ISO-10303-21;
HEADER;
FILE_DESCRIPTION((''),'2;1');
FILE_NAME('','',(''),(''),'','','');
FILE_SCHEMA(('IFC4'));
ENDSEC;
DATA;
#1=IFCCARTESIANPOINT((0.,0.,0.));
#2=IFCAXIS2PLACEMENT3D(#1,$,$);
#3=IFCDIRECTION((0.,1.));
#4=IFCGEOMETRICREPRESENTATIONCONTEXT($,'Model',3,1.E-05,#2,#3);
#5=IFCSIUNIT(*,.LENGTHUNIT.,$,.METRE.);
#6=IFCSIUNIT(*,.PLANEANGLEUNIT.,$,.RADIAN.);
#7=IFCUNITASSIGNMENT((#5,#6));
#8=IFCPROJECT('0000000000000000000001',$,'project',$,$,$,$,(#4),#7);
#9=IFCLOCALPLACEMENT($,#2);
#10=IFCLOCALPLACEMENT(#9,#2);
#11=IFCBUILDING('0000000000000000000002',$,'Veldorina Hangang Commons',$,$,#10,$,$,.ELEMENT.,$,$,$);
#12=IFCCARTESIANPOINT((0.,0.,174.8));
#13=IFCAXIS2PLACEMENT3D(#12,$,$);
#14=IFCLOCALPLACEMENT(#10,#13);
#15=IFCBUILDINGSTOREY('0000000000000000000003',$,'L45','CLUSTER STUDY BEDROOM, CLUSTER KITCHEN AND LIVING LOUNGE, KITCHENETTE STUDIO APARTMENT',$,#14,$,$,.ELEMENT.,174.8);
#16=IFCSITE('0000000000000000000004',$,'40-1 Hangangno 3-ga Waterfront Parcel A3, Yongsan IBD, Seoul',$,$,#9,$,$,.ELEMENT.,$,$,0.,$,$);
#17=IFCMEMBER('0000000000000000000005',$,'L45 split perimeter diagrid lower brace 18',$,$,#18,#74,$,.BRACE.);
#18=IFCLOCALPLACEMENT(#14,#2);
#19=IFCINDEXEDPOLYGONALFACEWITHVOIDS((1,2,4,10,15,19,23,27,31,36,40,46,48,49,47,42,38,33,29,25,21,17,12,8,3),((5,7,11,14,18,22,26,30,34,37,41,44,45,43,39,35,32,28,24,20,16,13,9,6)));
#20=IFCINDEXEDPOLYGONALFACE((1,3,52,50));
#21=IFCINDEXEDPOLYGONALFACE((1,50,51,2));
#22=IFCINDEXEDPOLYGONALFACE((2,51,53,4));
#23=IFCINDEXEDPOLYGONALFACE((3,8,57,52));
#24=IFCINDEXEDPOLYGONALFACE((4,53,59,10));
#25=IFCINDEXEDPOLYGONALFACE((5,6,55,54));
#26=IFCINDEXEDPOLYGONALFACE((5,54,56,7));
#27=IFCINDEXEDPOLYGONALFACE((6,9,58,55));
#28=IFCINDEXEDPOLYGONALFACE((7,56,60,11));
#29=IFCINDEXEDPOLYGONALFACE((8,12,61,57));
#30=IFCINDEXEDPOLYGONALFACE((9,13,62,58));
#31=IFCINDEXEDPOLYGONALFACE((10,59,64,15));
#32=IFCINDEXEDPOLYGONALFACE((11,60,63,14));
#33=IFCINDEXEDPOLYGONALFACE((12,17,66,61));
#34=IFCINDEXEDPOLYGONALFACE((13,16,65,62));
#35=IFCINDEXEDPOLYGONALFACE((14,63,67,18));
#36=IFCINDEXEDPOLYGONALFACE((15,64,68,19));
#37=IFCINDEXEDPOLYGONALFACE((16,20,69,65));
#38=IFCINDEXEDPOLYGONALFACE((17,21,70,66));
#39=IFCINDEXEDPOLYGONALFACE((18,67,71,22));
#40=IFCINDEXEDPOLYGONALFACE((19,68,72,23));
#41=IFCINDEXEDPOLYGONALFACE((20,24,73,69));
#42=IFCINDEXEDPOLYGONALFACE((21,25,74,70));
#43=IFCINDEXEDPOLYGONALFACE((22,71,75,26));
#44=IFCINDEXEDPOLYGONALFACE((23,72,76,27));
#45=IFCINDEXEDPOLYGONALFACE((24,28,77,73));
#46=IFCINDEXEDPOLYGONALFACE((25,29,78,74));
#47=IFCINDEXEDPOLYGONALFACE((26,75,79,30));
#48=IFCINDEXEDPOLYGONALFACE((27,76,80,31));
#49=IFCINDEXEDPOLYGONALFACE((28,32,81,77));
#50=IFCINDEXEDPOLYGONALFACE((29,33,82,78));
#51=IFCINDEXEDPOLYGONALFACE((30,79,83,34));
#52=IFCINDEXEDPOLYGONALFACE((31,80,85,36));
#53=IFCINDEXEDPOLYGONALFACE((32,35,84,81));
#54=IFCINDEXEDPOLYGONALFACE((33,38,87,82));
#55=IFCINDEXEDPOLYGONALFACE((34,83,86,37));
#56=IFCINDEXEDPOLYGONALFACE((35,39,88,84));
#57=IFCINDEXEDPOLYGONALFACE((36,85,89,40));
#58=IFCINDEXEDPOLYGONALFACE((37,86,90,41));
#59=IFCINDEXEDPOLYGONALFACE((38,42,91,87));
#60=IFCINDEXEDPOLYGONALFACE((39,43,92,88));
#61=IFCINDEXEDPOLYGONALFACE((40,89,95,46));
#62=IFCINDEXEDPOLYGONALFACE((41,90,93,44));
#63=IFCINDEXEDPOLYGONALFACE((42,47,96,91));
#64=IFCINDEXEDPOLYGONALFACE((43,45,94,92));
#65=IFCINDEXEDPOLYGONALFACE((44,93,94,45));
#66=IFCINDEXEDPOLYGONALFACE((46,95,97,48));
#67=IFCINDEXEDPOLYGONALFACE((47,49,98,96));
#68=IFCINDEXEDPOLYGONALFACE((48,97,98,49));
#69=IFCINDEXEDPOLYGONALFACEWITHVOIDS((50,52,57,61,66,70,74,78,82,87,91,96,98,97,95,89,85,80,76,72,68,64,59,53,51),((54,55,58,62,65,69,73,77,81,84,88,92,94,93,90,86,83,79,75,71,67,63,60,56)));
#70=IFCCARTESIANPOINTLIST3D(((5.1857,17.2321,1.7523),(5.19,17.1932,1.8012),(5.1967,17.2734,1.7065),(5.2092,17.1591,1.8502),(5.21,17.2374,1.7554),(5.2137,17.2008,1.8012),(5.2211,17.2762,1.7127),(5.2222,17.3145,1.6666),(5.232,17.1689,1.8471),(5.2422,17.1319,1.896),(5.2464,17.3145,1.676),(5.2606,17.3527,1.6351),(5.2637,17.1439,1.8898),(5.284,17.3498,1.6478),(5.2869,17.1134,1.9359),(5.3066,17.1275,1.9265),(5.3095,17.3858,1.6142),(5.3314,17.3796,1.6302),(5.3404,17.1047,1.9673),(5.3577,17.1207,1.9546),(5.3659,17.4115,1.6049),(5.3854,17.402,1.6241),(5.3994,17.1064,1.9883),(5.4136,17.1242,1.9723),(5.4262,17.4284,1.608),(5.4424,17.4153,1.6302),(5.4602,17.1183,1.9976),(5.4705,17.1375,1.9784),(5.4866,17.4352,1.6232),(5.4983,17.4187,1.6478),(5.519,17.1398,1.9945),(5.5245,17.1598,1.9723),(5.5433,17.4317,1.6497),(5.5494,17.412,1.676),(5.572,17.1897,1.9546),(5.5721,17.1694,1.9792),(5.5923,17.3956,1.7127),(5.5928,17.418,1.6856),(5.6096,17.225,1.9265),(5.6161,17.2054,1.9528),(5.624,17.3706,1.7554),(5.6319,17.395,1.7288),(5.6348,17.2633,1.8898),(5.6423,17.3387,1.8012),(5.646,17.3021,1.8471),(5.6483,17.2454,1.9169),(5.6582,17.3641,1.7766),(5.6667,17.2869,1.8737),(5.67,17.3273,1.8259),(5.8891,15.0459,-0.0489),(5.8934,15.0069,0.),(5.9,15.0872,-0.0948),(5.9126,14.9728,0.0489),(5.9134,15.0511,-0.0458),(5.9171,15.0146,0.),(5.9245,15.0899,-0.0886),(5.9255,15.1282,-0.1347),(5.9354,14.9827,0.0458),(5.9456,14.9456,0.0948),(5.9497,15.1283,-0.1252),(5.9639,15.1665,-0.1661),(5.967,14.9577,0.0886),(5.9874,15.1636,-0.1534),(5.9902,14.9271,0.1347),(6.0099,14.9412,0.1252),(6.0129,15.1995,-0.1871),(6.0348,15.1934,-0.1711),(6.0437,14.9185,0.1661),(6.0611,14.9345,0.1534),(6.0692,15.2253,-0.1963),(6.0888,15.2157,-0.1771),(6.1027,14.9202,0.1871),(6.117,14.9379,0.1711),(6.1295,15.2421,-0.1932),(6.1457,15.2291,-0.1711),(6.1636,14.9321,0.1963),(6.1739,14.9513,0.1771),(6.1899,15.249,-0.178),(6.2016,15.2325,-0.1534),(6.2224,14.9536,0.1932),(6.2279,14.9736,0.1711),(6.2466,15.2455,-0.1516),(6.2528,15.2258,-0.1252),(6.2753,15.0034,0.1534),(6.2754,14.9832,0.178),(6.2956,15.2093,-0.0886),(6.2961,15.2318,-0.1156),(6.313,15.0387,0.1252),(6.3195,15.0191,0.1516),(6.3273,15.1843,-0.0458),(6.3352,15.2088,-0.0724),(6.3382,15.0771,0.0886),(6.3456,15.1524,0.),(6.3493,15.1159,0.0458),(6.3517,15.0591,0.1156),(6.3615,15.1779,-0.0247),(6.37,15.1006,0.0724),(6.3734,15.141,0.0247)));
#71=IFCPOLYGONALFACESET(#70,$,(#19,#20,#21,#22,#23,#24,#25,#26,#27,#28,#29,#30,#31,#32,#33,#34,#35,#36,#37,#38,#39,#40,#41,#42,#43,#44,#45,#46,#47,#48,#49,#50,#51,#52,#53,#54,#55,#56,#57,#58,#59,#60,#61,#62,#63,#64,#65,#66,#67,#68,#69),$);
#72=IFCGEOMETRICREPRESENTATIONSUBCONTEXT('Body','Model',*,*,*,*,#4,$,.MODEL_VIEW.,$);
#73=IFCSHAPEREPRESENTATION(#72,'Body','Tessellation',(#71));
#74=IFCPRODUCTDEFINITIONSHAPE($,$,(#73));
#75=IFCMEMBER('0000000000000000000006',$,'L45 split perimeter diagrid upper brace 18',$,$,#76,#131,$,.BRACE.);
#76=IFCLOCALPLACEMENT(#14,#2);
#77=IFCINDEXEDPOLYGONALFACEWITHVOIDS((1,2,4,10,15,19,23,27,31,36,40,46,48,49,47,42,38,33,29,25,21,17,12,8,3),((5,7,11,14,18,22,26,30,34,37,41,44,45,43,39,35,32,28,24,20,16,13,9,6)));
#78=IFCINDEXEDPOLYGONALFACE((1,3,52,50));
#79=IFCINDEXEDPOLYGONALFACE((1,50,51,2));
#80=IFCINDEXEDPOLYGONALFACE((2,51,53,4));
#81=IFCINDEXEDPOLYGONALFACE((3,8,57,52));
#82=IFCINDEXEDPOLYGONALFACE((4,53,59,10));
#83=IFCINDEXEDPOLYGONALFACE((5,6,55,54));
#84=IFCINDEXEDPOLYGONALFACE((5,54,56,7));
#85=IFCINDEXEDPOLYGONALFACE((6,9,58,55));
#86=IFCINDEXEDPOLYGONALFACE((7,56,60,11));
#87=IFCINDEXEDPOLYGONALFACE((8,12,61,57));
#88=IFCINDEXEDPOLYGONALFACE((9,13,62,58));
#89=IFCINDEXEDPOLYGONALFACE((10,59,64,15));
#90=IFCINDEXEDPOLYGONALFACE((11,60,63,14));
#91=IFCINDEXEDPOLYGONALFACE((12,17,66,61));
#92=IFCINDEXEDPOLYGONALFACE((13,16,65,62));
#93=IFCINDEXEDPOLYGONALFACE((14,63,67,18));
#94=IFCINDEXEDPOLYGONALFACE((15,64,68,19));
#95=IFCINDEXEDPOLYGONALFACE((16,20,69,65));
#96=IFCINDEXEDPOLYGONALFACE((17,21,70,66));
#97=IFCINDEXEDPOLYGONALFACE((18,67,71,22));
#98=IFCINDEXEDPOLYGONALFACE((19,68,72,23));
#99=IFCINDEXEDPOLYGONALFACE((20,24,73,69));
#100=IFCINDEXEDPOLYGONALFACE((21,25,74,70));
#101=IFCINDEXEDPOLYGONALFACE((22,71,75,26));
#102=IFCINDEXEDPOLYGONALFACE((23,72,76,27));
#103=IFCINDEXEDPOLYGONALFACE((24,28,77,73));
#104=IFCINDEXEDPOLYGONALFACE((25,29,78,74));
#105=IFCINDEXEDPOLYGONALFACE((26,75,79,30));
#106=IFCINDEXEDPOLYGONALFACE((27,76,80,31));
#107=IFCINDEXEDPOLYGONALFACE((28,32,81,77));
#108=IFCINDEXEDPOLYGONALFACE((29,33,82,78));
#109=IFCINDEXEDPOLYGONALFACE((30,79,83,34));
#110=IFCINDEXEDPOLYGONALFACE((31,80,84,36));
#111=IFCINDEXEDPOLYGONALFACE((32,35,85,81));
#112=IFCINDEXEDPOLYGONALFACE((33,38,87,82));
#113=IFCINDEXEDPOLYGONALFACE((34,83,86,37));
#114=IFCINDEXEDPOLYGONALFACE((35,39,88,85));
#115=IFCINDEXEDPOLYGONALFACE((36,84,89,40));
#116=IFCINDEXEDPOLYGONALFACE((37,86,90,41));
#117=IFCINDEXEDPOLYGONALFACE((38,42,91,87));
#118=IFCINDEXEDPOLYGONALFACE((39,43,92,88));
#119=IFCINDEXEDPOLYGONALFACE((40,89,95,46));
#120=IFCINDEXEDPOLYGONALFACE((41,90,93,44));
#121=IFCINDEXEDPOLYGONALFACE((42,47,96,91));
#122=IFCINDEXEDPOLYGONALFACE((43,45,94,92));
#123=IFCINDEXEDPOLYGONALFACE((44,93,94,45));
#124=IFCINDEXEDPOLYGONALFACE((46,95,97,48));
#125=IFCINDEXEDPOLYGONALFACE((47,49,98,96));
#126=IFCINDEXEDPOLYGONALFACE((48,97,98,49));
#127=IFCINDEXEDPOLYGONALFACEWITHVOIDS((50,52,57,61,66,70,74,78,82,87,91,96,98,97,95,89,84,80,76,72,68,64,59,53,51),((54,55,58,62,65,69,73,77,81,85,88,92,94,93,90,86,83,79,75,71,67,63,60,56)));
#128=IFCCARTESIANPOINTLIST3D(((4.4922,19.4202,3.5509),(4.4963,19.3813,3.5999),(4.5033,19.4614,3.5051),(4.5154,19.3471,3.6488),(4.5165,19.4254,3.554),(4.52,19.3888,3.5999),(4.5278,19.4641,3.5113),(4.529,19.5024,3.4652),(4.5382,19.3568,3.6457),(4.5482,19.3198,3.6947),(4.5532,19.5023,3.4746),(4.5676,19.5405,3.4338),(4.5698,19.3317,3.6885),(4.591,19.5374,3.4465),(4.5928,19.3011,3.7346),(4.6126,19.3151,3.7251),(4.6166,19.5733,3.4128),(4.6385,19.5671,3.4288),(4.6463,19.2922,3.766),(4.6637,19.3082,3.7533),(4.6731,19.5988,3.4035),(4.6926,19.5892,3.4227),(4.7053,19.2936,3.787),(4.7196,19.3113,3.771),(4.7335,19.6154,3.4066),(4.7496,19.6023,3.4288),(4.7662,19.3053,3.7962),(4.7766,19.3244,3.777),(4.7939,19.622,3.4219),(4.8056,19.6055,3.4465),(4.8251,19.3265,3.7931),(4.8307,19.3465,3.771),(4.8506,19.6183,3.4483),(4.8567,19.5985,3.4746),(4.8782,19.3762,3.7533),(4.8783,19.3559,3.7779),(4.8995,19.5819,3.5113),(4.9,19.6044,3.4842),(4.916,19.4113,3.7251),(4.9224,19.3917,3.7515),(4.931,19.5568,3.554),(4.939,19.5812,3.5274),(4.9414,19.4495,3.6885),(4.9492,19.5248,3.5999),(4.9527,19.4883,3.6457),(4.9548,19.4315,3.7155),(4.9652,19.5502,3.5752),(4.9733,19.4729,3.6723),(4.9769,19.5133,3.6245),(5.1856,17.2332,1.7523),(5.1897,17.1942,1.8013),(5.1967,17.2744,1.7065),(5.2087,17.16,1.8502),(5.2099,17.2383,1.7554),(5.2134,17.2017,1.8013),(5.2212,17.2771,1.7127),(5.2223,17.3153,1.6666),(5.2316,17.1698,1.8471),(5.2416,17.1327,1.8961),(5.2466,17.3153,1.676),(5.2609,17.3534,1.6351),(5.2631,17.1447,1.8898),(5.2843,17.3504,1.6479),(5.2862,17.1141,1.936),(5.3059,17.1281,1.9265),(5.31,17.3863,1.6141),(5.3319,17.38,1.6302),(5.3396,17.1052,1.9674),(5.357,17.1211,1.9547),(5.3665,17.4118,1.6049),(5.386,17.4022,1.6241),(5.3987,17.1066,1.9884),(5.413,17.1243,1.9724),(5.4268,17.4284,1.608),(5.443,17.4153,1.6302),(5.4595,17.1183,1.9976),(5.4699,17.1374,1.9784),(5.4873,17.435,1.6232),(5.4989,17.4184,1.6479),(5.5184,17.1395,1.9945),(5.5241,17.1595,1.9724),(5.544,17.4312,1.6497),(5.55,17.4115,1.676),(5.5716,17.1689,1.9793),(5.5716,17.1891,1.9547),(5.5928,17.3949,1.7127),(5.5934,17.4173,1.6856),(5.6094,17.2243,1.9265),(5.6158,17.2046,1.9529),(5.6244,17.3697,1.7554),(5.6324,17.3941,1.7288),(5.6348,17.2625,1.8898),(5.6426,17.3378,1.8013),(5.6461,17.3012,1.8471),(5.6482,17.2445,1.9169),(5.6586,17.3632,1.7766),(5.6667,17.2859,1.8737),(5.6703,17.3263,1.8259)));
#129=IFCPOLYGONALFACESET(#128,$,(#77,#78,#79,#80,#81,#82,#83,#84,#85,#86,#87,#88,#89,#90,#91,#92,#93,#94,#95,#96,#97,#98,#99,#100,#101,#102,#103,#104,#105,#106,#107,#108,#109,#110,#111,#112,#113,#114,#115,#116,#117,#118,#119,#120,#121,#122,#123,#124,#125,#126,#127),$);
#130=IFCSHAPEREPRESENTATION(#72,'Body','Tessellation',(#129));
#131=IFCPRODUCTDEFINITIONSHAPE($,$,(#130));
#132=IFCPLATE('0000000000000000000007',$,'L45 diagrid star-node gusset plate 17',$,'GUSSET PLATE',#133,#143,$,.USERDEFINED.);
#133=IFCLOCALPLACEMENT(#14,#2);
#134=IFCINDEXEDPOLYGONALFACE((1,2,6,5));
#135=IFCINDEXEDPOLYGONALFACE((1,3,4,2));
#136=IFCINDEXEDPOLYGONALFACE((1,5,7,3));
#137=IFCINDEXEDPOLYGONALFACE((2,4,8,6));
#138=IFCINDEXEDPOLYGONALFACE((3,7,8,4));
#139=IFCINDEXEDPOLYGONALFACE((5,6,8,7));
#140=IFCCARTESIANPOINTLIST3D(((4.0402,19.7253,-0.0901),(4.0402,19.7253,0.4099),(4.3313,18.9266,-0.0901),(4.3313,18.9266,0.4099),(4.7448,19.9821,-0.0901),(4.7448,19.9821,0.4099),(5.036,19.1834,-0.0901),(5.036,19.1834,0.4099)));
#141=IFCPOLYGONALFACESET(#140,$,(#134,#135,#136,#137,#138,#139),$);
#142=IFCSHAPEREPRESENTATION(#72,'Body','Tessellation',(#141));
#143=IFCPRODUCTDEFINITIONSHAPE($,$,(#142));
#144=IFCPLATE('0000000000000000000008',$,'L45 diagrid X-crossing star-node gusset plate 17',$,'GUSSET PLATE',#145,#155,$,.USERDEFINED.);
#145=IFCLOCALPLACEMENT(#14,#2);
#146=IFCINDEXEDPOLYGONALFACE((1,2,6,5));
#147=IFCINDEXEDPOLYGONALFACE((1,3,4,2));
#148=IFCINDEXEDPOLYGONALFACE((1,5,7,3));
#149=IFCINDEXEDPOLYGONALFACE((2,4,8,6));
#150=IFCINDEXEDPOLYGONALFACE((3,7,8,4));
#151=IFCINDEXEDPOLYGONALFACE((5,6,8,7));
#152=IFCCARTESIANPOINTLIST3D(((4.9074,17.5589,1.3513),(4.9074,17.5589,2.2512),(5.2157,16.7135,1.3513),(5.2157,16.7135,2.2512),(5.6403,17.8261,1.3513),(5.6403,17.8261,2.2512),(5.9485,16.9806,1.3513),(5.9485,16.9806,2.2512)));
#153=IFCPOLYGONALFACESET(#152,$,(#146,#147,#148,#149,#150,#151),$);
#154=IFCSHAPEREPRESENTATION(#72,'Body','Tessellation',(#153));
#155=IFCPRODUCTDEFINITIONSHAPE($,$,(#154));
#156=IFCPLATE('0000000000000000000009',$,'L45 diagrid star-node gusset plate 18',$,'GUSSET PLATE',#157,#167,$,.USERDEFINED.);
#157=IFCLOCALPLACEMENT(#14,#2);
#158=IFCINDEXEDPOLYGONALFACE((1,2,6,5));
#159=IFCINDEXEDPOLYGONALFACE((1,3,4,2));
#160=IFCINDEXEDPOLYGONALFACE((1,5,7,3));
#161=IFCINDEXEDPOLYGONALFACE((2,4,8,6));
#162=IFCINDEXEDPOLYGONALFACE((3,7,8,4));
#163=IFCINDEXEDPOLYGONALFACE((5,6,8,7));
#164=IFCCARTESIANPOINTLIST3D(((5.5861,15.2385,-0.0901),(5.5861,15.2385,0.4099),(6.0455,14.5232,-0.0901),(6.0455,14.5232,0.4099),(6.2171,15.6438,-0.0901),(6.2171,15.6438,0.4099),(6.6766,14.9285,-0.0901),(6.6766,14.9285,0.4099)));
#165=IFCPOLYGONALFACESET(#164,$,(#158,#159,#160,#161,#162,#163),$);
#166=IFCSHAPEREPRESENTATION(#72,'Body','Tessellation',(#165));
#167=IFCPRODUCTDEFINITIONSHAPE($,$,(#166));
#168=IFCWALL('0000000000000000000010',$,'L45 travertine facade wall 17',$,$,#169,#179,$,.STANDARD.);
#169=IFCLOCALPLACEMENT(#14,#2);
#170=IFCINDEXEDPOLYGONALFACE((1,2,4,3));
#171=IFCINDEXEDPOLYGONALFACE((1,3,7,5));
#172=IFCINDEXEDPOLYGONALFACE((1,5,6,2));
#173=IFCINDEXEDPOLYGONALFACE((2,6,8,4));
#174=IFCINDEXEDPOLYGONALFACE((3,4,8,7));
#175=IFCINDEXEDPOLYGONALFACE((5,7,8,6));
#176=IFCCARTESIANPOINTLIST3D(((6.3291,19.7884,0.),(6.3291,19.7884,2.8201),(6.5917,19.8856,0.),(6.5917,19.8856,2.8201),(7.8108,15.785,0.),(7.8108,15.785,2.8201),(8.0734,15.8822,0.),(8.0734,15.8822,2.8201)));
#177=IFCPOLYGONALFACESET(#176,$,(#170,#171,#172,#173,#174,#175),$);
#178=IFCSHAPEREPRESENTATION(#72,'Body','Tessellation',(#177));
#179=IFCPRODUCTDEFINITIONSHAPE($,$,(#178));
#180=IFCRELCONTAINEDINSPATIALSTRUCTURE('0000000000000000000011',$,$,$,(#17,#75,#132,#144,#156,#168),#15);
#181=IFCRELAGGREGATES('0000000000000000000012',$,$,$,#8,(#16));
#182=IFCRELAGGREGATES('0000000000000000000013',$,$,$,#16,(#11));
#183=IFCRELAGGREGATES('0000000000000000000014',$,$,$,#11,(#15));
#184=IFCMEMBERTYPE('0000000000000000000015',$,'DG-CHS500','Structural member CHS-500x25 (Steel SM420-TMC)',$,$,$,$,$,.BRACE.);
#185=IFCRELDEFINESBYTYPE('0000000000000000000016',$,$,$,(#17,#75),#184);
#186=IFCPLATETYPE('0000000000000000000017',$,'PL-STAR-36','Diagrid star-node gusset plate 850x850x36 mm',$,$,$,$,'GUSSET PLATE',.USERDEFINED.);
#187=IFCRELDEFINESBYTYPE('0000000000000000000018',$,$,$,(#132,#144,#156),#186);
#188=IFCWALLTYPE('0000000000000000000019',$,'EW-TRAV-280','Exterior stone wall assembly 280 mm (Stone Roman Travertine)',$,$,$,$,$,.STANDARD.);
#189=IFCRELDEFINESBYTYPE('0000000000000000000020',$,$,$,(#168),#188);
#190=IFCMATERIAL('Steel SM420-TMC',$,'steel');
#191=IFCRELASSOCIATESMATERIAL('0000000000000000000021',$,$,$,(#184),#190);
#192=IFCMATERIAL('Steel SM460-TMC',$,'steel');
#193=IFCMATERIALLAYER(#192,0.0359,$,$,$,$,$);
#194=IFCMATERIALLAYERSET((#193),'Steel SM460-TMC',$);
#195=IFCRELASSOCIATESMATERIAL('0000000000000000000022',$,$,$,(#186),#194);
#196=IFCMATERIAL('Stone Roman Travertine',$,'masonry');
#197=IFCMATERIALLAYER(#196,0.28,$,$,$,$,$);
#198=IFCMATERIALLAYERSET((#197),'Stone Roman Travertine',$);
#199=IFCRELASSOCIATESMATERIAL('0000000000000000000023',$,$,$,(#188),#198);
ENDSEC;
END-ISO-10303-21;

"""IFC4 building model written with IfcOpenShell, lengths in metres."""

from ifc_helpers import new_model, si_unit, direction, frame, frame_2d, origin, origin_2d, place, context, subcontext, project, spatial, rectangle, hollow_circle, extrude, material, layer, layer_set, material_profile, profile_set, type_object, element, save


model = new_model("IFC4")

# Units and contexts
model_context = context("Model", 3, precision=1e-05, world=origin(), true_north=direction((0.0, 1.0)))
body_context = subcontext(model_context, "Body", "Model", "MODEL_VIEW")
ifc_project = project(units=[si_unit("LENGTHUNIT", "METRE"), si_unit("PLANEANGLEUNIT", "RADIAN")], contexts=[model_context])

# Site, building, storey
site_placement = place(None, origin())
site = spatial("IfcSite", under=ifc_project, at=site_placement, Name="40-1 Hangangno 3-ga Waterfront Parcel A3, Yongsan IBD, Seoul", CompositionType="ELEMENT", RefElevation=0.0)
building_placement = place(site_placement, origin())
building = spatial("IfcBuilding", under=site, at=building_placement, Name="Veldorina Hangang Commons", CompositionType="ELEMENT")
storey_placement = place(building_placement, frame((0.0, 0.0, 174.8)))
storey = spatial("IfcBuildingStorey", under=building, at=storey_placement, Name="L45", Description="CLUSTER STUDY BEDROOM, CLUSTER KITCHEN AND LIVING LOUNGE, KITCHENETTE STUDIO APARTMENT", CompositionType="ELEMENT", Elevation=174.8)

# Shared definitions
ifc_material_1 = material(Name="Steel SM420-TMC", Category="steel")

# Members
ifc_material_profile_1 = material_profile(ifc_material_1, hollow_circle(Radius=0.25, WallThickness=0.0249, at=origin_2d()), Name="CHS-500x25")
ifc_profile_set_1 = profile_set([ifc_material_profile_1], Name="Steel SM420-TMC")
member_type = type_object("IfcMemberType", Name="DG-CHS500", Description="Structural member CHS-500x25 (Steel SM420-TMC)", PredefinedType="BRACE", material=ifc_profile_set_1)
member_1_placement = place(storey_placement, frame((6.1313, 15.0835, 0.0), z_axis=(-0.240983, 0.749046, 0.617137), x_axis=(-0.951948, -0.30626, 0.0)))
element("IfcMember", 1, at=member_1_placement, inside=storey, type_object=member_type, Name="L45 split perimeter diagrid lower brace 18", PredefinedType="BRACE", context=body_context, shape_type="SweptSolid", body=[
    extrude(hollow_circle(Radius=0.25, WallThickness=0.0249, at=origin_2d()), origin(), (0.0, 0.0, 1.0), 2.9187),
])
member_2_placement = place(storey_placement, frame((5.428, 17.2698, 1.8013), z_axis=(-0.237839, 0.750197, 0.616957), x_axis=(-0.953241, -0.302211, 0.0)))
element("IfcMember", 2, at=member_2_placement, inside=storey, type_object=member_type, Name="L45 split perimeter diagrid upper brace 18", PredefinedType="BRACE", context=body_context, shape_type="SweptSolid", body=[
    extrude(hollow_circle(Radius=0.25, WallThickness=0.0249, at=origin_2d()), origin(), (0.0, 0.0, 1.0), 2.9153),
])

# Plates
ifc_material_2 = material(Name="Steel SM460-TMC", Category="steel")
ifc_layer_1 = layer(ifc_material_2, 0.0359)
ifc_layer_set_1 = layer_set([ifc_layer_1], Name="Steel SM460-TMC")
plate_type = type_object("IfcPlateType", Name="PL-STAR-36", Description="Diagrid star-node gusset plate 850x850x36 mm", ElementType="GUSSET PLATE", PredefinedType="USERDEFINED", material=ifc_layer_set_1)
plate_1_placement = place(storey_placement, frame((4.5381, 19.4543, -0.0901), z_axis=(0.0, 0.0, 1.0), x_axis=(0.342496, -0.939519, 0.0)))
element("IfcPlate", 3, at=plate_1_placement, inside=storey, type_object=plate_type, Name="L45 diagrid star-node gusset plate 17", ObjectType="GUSSET PLATE", PredefinedType="USERDEFINED", context=body_context, shape_type="SweptSolid", body=[
    extrude(rectangle(XDim=0.8501, YDim=0.75, at=origin_2d()), origin(), (0.0, 0.0, 1.0), 0.5),
])
plate_2_placement = place(storey_placement, frame((5.428, 17.2698, 1.3513), z_axis=(0.0, 0.0, 1.0), x_axis=(0.342496, -0.939519, 0.0)))
element("IfcPlate", 4, at=plate_2_placement, inside=storey, type_object=plate_type, Name="L45 diagrid X-crossing star-node gusset plate 17", ObjectType="GUSSET PLATE", PredefinedType="USERDEFINED", context=body_context, shape_type="SweptSolid", body=[
    extrude(rectangle(XDim=0.8999, YDim=0.78, at=origin_2d()), origin(), (0.0, 0.0, 1.0), 0.8999),
])
plate_3_placement = place(storey_placement, frame((6.1313, 15.0835, -0.0901), z_axis=(0.0, 0.0, 1.0), x_axis=(0.540446, -0.841379, 0.0)))
element("IfcPlate", 5, at=plate_3_placement, inside=storey, type_object=plate_type, Name="L45 diagrid star-node gusset plate 18", ObjectType="GUSSET PLATE", PredefinedType="USERDEFINED", context=body_context, shape_type="SweptSolid", body=[
    extrude(rectangle(XDim=0.8501, YDim=0.75, at=origin_2d()), origin(), (0.0, 0.0, 1.0), 0.5),
])

# Wall
ifc_material_3 = material(Name="Stone Roman Travertine", Category="masonry")
ifc_layer_2 = layer(ifc_material_3, 0.28)
ifc_layer_set_2 = layer_set([ifc_layer_2], Name="Stone Roman Travertine")
wall_type_1 = type_object("IfcWallType", Name="EW-TRAV-280", Description="Exterior stone wall assembly 280 mm (Stone Roman Travertine)", PredefinedType="STANDARD", material=ifc_layer_set_2)
wall_1_placement = place(storey_placement, frame((6.4604, 19.8369, 0.0), z_axis=(0.0, 0.0, 1.0), x_axis=(0.347096, -0.937829, 0.0)))
element("IfcWall", 6, at=wall_1_placement, inside=storey, type_object=wall_type_1, Name="L45 travertine facade wall 17", PredefinedType="STANDARD", context=body_context, shape_type="SweptSolid", body=[
    extrude(rectangle(XDim=4.2688, YDim=0.28, at=frame_2d((2.1343, 0.0))), origin(), (0.0, 0.0, 1.0), 2.8201),
])

save(model, "model.ifc")
